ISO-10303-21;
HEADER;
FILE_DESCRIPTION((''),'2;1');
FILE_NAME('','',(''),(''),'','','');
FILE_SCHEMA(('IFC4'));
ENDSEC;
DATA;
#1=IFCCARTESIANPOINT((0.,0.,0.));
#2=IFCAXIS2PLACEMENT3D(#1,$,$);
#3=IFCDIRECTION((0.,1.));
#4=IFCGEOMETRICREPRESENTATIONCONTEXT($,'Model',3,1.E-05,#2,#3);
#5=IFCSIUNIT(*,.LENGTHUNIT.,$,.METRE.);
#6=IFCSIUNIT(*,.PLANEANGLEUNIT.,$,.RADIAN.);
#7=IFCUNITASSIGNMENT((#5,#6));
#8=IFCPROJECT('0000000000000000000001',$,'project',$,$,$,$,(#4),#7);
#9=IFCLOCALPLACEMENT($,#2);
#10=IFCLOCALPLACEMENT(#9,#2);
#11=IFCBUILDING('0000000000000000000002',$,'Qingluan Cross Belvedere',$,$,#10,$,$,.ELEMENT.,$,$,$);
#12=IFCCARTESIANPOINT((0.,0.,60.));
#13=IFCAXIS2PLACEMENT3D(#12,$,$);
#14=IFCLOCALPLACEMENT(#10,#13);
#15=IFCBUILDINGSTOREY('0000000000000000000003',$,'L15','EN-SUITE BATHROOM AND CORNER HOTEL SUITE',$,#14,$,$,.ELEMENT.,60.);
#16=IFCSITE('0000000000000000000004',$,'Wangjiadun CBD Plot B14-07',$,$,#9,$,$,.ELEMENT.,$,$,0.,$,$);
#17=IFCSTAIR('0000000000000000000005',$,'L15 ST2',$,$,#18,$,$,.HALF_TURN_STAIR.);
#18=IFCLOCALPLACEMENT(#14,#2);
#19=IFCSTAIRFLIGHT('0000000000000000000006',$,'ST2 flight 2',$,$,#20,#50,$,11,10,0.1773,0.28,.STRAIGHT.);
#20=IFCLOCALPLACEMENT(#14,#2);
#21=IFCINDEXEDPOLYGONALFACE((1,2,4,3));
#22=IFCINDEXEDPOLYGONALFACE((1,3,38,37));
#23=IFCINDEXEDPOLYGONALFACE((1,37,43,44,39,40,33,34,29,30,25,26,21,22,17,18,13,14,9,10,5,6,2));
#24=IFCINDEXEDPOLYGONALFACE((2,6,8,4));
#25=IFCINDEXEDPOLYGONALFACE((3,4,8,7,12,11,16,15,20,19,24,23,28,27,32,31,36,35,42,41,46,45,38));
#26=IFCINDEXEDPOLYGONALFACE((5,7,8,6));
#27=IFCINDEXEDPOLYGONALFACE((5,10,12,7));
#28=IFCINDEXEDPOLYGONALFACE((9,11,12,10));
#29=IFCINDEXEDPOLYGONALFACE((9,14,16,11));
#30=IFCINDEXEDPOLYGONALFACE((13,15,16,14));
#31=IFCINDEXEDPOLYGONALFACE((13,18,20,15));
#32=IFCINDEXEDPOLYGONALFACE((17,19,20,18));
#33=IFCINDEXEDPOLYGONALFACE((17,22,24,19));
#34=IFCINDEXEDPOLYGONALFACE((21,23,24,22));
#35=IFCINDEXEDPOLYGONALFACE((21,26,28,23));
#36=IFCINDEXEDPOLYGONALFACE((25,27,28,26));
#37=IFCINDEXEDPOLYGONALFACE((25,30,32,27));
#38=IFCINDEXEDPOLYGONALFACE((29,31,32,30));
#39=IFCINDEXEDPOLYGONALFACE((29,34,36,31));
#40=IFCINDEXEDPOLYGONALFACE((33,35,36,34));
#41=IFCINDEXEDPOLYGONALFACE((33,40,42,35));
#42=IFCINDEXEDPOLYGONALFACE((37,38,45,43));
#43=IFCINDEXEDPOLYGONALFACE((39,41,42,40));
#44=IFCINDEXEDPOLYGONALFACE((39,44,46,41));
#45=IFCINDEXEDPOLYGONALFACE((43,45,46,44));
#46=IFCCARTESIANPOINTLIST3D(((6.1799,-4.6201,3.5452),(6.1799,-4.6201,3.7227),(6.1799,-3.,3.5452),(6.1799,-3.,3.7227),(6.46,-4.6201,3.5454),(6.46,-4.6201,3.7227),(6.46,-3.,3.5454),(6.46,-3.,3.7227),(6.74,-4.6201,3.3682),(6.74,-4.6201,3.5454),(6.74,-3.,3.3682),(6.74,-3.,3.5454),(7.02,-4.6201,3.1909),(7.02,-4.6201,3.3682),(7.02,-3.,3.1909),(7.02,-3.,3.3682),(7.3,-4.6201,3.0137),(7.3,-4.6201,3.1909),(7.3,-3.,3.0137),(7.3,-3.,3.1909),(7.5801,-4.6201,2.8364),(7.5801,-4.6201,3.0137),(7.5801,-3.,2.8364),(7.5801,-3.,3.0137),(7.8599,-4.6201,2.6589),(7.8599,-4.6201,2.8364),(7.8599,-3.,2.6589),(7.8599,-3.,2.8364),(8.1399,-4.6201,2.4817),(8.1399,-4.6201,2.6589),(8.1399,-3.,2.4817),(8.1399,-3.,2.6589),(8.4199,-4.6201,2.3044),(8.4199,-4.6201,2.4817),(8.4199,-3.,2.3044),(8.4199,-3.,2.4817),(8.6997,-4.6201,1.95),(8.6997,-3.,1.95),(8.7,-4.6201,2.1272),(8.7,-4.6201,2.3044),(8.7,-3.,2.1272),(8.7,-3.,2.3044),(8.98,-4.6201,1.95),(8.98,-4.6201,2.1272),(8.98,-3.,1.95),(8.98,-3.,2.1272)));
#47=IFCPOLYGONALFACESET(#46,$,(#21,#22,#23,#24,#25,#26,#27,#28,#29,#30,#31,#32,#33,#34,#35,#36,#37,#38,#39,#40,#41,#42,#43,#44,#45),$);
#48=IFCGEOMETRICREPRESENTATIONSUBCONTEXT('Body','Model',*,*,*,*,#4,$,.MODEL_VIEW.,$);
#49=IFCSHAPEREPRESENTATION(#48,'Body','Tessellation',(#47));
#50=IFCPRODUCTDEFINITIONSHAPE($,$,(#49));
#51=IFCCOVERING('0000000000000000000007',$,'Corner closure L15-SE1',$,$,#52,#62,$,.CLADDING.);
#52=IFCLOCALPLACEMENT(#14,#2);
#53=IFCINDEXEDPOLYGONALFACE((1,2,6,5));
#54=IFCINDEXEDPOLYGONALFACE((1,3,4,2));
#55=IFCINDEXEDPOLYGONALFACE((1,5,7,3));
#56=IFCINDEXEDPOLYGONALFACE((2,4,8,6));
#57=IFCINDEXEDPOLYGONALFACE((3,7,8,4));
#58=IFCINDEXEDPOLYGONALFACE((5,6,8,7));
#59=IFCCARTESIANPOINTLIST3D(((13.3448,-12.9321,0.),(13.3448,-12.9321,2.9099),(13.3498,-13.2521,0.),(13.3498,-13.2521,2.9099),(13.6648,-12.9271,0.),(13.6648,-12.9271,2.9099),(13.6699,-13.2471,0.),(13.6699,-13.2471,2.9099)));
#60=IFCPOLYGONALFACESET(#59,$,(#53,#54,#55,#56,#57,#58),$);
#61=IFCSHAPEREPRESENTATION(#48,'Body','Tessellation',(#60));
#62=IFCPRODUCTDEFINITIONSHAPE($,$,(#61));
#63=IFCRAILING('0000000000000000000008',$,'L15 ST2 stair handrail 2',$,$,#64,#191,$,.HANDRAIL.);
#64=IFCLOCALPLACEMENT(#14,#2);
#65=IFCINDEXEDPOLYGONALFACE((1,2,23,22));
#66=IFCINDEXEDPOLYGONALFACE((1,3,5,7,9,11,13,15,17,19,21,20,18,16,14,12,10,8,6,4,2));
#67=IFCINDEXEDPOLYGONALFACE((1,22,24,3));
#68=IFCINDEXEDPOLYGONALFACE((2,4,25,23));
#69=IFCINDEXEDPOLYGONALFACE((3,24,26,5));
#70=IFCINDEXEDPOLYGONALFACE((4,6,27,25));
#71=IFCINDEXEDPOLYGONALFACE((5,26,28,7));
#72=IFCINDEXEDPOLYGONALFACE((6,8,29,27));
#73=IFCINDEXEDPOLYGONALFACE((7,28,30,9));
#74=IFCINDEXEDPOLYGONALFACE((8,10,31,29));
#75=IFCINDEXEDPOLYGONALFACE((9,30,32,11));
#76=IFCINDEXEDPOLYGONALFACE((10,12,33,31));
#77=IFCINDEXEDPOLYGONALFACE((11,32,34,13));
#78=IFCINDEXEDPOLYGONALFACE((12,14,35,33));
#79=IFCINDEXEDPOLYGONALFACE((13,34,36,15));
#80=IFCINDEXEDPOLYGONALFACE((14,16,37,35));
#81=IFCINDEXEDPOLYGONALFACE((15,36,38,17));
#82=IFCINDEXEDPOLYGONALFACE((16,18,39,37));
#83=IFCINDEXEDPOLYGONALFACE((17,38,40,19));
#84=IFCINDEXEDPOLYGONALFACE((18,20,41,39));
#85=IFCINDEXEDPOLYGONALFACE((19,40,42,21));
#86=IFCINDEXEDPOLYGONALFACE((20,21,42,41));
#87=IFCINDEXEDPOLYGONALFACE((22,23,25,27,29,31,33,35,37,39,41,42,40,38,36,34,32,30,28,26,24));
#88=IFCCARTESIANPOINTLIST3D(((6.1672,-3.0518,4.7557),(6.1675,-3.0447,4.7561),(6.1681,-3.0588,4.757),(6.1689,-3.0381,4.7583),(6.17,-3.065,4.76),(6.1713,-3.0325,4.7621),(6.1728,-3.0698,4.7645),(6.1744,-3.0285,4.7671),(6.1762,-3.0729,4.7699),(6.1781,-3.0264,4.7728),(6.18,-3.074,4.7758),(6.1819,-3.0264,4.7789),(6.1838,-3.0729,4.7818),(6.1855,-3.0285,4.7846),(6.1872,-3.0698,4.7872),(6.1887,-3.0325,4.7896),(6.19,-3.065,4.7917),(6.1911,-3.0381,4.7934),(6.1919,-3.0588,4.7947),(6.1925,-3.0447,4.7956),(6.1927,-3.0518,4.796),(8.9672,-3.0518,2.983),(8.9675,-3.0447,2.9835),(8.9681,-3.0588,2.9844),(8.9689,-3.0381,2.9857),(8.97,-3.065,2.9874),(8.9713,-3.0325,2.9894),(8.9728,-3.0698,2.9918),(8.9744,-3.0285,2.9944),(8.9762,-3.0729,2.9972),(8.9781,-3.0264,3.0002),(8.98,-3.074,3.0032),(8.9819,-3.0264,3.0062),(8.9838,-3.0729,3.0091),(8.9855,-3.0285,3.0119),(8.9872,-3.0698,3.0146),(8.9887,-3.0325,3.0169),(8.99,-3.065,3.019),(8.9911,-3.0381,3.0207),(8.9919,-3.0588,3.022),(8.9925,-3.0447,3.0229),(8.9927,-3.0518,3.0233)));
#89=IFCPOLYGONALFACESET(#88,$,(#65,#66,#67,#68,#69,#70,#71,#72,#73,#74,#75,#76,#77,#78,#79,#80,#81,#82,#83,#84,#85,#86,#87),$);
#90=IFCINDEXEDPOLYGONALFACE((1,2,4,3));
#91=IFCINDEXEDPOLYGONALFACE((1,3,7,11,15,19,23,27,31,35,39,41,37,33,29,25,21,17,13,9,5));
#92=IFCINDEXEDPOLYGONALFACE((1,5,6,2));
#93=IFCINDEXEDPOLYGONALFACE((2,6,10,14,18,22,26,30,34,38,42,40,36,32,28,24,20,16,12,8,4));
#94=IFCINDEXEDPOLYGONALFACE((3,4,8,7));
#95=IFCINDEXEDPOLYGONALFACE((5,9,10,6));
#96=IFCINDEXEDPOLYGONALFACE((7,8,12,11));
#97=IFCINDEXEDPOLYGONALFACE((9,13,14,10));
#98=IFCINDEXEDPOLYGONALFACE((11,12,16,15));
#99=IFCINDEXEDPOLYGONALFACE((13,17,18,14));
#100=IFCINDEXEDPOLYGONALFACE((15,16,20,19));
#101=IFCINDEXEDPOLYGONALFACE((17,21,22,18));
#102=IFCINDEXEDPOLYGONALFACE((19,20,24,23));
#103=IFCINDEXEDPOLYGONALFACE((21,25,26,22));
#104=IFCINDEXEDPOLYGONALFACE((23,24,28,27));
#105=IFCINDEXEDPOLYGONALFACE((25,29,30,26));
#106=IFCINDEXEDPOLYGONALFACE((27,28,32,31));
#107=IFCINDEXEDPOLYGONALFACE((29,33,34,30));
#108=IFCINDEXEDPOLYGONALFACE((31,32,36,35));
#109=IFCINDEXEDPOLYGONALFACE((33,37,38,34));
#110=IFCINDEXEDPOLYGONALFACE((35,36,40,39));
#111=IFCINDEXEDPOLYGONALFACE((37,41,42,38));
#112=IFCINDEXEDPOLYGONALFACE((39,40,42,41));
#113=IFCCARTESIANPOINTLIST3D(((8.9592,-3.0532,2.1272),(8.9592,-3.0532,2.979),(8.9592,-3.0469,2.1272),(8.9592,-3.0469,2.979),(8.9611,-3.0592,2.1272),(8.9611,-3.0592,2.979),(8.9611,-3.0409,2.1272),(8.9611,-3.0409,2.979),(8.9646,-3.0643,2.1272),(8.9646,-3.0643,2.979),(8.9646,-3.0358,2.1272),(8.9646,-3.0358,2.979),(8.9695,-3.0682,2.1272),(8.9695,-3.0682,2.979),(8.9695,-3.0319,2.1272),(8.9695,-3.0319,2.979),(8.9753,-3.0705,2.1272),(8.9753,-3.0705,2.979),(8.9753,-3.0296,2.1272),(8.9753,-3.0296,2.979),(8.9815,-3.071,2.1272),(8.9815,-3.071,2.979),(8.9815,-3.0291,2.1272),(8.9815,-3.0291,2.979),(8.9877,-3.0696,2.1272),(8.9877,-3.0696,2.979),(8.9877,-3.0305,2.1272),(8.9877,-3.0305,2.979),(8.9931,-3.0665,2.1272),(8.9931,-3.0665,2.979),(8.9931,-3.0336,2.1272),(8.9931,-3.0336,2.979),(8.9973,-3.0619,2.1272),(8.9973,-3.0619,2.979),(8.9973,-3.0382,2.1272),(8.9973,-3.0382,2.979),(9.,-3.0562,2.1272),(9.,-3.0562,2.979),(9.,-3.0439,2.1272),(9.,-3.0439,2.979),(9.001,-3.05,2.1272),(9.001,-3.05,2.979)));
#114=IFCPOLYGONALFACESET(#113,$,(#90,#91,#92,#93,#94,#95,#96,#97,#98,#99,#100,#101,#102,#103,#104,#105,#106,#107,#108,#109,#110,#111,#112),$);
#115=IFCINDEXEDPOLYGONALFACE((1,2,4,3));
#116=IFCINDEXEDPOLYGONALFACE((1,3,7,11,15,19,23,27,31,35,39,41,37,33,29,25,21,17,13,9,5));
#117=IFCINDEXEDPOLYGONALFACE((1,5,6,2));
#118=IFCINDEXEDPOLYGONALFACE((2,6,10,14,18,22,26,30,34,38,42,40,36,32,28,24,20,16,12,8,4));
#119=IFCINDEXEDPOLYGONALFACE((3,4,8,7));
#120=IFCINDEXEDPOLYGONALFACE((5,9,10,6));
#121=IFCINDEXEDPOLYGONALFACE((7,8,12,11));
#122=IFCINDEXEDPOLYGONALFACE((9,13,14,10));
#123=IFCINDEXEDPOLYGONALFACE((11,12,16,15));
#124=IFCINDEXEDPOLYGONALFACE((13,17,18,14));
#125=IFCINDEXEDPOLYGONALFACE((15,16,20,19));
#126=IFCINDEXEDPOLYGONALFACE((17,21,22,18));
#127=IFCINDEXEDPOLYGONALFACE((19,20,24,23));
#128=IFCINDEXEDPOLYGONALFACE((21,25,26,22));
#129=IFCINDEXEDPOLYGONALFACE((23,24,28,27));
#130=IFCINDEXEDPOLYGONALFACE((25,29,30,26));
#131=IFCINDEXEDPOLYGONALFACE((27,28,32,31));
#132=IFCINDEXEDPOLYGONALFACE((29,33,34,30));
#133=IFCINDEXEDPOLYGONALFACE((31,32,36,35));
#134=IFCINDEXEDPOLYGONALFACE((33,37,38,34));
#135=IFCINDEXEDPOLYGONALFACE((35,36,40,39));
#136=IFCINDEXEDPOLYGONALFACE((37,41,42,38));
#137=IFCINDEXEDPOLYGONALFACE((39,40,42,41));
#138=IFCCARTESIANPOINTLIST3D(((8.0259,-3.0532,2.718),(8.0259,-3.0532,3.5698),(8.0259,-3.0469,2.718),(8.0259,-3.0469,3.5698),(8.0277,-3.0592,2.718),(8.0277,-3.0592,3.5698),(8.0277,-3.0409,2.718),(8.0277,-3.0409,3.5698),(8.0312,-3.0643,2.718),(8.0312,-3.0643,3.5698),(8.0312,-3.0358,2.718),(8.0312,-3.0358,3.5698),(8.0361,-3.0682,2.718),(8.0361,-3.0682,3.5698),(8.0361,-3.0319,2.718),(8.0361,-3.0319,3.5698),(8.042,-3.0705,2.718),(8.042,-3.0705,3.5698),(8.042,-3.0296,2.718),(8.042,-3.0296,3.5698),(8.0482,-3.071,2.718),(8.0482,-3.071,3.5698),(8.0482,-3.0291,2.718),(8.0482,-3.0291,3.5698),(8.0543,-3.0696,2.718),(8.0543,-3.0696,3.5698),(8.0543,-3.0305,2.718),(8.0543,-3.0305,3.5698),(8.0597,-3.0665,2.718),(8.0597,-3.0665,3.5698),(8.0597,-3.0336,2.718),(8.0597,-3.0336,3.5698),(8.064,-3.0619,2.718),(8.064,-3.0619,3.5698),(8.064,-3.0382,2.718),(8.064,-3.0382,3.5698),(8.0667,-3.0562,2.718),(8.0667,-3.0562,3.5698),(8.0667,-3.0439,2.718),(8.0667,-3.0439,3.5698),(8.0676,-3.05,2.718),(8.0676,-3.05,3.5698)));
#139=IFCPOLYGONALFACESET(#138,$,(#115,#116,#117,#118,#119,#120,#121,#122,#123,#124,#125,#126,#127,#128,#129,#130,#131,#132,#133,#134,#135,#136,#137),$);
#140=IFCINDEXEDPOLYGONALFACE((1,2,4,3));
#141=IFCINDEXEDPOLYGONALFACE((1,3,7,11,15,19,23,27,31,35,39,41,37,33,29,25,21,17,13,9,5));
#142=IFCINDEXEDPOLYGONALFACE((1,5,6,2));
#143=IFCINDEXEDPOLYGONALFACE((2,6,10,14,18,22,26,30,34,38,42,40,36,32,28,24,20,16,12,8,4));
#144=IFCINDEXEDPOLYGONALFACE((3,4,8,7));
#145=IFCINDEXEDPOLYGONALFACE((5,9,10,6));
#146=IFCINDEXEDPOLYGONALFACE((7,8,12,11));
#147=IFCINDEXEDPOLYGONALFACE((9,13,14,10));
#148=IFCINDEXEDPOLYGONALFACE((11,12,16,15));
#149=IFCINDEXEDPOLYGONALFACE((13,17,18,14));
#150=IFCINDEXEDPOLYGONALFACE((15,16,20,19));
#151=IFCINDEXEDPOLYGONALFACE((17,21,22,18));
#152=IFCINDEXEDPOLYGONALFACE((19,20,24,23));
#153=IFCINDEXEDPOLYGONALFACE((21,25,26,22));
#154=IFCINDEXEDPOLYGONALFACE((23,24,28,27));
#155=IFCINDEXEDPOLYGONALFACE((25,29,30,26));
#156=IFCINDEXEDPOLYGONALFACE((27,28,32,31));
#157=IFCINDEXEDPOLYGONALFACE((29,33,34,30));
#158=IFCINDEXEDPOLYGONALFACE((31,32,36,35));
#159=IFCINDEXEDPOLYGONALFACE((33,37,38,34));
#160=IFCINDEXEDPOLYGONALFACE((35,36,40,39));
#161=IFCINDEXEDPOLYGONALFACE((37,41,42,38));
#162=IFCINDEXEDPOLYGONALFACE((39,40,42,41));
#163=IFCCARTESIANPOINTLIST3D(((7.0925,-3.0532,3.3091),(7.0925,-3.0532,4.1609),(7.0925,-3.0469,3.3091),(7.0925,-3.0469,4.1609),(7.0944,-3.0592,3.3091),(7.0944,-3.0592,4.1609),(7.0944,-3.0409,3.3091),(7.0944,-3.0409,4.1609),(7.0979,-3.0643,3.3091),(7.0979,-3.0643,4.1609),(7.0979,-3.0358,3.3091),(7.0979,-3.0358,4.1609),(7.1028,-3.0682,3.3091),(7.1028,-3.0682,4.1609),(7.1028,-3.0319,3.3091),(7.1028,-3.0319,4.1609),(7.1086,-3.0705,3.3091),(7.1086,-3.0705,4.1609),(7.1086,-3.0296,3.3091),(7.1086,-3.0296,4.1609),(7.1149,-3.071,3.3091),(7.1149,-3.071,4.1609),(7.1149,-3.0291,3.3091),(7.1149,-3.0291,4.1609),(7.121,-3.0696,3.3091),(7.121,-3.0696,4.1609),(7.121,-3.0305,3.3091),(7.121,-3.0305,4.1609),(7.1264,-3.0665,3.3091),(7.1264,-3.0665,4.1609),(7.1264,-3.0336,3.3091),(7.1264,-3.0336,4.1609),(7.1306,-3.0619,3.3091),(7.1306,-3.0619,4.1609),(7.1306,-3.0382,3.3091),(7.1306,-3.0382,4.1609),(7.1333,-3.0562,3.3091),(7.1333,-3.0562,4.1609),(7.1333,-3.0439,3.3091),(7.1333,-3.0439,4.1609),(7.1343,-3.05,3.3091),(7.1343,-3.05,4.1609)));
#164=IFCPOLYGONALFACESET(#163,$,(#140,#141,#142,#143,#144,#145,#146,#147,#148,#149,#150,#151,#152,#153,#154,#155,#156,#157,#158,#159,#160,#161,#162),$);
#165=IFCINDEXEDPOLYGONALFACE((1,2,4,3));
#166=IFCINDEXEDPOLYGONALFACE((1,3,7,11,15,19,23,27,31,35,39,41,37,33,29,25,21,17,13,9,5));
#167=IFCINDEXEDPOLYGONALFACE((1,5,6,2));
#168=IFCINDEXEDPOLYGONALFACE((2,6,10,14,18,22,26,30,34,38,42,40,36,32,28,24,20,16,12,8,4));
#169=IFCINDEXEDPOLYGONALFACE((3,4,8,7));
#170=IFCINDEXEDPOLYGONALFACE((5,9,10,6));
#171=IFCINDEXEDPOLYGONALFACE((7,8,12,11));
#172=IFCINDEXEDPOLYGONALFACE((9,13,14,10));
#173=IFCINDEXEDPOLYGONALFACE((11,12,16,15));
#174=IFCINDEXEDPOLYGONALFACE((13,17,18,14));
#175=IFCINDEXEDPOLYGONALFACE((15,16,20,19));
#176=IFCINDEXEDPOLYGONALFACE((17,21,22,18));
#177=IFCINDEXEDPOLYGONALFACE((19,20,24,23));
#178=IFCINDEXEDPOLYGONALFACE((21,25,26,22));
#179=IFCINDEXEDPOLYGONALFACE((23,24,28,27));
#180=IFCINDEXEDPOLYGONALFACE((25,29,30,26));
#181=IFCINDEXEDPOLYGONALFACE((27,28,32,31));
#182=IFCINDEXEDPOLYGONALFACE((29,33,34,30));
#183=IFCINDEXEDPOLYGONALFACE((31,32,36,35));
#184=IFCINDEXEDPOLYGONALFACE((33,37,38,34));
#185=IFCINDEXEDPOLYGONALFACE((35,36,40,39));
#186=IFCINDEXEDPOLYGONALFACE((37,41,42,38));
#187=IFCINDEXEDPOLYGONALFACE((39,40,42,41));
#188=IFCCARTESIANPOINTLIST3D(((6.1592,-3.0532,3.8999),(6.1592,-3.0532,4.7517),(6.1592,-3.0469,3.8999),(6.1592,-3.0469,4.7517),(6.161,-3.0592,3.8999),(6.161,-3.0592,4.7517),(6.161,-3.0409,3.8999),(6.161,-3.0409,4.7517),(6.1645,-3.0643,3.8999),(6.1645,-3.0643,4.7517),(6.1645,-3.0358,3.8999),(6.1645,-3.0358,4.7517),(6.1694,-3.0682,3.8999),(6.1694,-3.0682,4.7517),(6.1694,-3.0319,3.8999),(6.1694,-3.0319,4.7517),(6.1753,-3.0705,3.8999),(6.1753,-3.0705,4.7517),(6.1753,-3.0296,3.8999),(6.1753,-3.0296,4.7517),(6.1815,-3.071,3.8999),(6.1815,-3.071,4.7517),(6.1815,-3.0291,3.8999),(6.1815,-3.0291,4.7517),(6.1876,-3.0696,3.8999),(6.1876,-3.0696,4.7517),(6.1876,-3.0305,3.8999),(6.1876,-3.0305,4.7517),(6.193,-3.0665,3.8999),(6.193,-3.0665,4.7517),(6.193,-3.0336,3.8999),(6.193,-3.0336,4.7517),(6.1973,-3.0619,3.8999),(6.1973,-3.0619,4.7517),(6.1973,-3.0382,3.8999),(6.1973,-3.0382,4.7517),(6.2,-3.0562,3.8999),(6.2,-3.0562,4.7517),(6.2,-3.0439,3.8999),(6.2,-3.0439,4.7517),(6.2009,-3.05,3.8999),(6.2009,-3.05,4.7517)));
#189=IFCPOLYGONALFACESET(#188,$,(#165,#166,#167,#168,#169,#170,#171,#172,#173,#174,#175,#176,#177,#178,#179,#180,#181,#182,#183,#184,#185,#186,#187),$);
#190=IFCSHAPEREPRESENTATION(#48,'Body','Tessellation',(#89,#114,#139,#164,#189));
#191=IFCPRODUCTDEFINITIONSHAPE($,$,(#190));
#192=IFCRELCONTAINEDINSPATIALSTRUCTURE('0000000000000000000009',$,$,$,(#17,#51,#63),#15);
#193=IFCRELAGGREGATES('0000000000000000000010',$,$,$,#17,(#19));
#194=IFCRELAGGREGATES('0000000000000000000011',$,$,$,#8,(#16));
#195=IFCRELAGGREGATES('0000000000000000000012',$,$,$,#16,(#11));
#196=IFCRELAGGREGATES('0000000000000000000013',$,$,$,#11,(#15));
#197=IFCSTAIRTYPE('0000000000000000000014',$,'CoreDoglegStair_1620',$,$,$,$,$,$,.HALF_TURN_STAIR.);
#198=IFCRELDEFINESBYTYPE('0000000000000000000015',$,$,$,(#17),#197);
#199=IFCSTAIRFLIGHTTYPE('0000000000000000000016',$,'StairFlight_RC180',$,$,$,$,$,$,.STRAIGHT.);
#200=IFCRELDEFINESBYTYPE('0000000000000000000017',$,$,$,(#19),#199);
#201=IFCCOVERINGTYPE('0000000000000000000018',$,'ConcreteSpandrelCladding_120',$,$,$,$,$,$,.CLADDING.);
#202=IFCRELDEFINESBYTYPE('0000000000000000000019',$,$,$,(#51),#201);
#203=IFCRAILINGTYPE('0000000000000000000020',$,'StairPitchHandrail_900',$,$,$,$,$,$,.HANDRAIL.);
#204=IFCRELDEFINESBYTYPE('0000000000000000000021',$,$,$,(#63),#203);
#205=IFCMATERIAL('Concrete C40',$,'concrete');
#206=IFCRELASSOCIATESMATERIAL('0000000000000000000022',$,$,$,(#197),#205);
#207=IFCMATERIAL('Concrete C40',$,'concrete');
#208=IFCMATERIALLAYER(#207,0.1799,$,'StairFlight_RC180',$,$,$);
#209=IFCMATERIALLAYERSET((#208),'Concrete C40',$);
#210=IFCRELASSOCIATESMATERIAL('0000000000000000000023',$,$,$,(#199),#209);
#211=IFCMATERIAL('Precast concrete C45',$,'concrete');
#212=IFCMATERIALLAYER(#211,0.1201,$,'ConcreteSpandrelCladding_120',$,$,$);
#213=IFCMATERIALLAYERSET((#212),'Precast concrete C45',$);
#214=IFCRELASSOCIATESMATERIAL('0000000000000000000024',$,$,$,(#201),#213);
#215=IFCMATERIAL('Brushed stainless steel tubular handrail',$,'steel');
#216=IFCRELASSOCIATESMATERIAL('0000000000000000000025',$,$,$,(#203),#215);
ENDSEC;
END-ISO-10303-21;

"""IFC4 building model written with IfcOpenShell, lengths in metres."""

from ifc_helpers import new_model, si_unit, direction, frame, origin, origin_2d, place, context, subcontext, project, spatial, polyline, rectangle, circle, outline, extrude, material, layer, layer_set, type_object, element, aggregate, save


model = new_model("IFC4")

# Units and contexts
model_context = context("Model", 3, precision=1e-05, world=origin(), true_north=direction((0.0, 1.0)))
body_context = subcontext(model_context, "Body", "Model", "MODEL_VIEW")
ifc_project = project(units=[si_unit("LENGTHUNIT", "METRE"), si_unit("PLANEANGLEUNIT", "RADIAN")], contexts=[model_context])

# Site, building, storey
site_placement = place(None, origin())
site = spatial("IfcSite", under=ifc_project, at=site_placement, Name="Wangjiadun CBD Plot B14-07", CompositionType="ELEMENT", RefElevation=0.0)
building_placement = place(site_placement, origin())
building = spatial("IfcBuilding", under=site, at=building_placement, Name="Qingluan Cross Belvedere", CompositionType="ELEMENT")
storey_placement = place(building_placement, frame((0.0, 0.0, 60.0)))
storey = spatial("IfcBuildingStorey", under=building, at=storey_placement, Name="L15", Description="EN-SUITE BATHROOM AND CORNER HOTEL SUITE", CompositionType="ELEMENT", Elevation=60.0)

# Stair, stair flight
ifc_material_1 = material(Name="Concrete C40", Category="concrete")
stair_type = type_object("IfcStairType", Name="CoreDoglegStair_1620", PredefinedType="HALF_TURN_STAIR", material=ifc_material_1)
stair_placement = place(storey_placement, origin())
stair = element("IfcStair", 1, at=stair_placement, inside=storey, type_object=stair_type, Name="L15 ST2", PredefinedType="HALF_TURN_STAIR")
ifc_material_2 = material(Name="Concrete C40", Category="concrete")
ifc_layer_1 = layer(ifc_material_2, 0.1799, Name="StairFlight_RC180")
ifc_layer_set_1 = layer_set([ifc_layer_1], Name="Concrete C40")
stair_flight_type = type_object("IfcStairFlightType", Name="StairFlight_RC180", PredefinedType="STRAIGHT", material=ifc_layer_set_1)
stair_flight_placement = place(storey_placement, frame((8.98, -3.8101, 1.95), z_axis=(0.0, 0.0, 1.0), x_axis=(-1.0, 0.0, 0.0)))
stair_flight = element("IfcStairFlight", 2, at=stair_flight_placement, type_object=stair_flight_type, Name="ST2 flight 2", NumberOfRisers=11, NumberOfTreads=10, PredefinedType="STRAIGHT", RiserHeight=0.1773, TreadLength=0.28, context=body_context, shape_type="SweptSolid", body=[
    extrude(outline(polyline([(0.0, 0.0), (0.0, 0.1772), (0.28, 0.1772), (0.28, 0.3545), (0.5601, 0.3545), (0.5601, 0.5317), (0.8401, 0.5317), (0.8401, 0.709), (1.1201, 0.709), (1.1201, 0.8865), (1.3999, 0.8865), (1.3999, 1.0637), (1.6799, 1.0637), (1.6799, 1.241), (1.96, 1.241), (1.96, 1.4182), (2.24, 1.4182), (2.24, 1.5955), (2.52, 1.5955), (2.52, 1.7727), (2.8, 1.7727), (2.8, 1.95), (2.8, 1.5952), (0.2803, 0.0), (0.0, 0.0)])), frame((0.0, 0.8101, 0.0), z_axis=(0.0, -1.0, 0.0), x_axis=(1.0, 0.0, 0.0)), (0.0, 0.0, 1.0), 1.6201),
])
aggregate(stair, [stair_flight])

# Covering
ifc_material_3 = material(Name="Precast concrete C45", Category="concrete")
ifc_layer_2 = layer(ifc_material_3, 0.1201, Name="ConcreteSpandrelCladding_120")
ifc_layer_set_2 = layer_set([ifc_layer_2], Name="Precast concrete C45")
covering_type = type_object("IfcCoveringType", Name="ConcreteSpandrelCladding_120", PredefinedType="CLADDING", material=ifc_layer_set_2)
covering_placement = place(storey_placement, frame((13.5073, -13.0896, 0.0), z_axis=(0.0, 0.0, 1.0), x_axis=(0.999877, 0.015707, 0.0)))
element("IfcCovering", 3, at=covering_placement, inside=storey, type_object=covering_type, Name="Corner closure L15-SE1", PredefinedType="CLADDING", context=body_context, shape_type="SweptSolid", body=[
    extrude(rectangle(XDim=0.3201, YDim=0.3201, at=origin_2d()), origin(), (0.0, 0.0, 1.0), 2.9099),
])

# Railing
ifc_material_4 = material(Name="Brushed stainless steel tubular handrail", Category="steel")
railing_type_1 = type_object("IfcRailingType", Name="StairPitchHandrail_900", PredefinedType="HANDRAIL", material=ifc_material_4)
railing_1_placement = place(storey_placement, frame((8.98, -3.05, 2.1272)))
element("IfcRailing", 4, at=railing_1_placement, inside=storey, type_object=railing_type_1, Name="L15 ST2 stair handrail 2", PredefinedType="HANDRAIL", context=body_context, shape_type="SweptSolid", body=[
    extrude(circle(Radius=0.0239, at=origin_2d()), frame((0.0, 0.0, 0.876), z_axis=(-0.844909, 0.0, 0.53491), x_axis=(0.0, -1.0, 0.0)), (0.0, 0.0, 1.0), 3.314),
    extrude(circle(Radius=0.021, at=origin_2d()), origin(), (0.0, 0.0, 1.0), 0.8518),
    extrude(circle(Radius=0.021, at=origin_2d()), frame((-0.9333, 0.0, 0.5908)), (0.0, 0.0, 1.0), 0.8518),
    extrude(circle(Radius=0.021, at=origin_2d()), frame((-1.8667, 0.0, 1.1819)), (0.0, 0.0, 1.0), 0.8518),
    extrude(circle(Radius=0.021, at=origin_2d()), frame((-2.8, 0.0, 1.7727)), (0.0, 0.0, 1.0), 0.8518),
])

save(model, "model.ifc")
